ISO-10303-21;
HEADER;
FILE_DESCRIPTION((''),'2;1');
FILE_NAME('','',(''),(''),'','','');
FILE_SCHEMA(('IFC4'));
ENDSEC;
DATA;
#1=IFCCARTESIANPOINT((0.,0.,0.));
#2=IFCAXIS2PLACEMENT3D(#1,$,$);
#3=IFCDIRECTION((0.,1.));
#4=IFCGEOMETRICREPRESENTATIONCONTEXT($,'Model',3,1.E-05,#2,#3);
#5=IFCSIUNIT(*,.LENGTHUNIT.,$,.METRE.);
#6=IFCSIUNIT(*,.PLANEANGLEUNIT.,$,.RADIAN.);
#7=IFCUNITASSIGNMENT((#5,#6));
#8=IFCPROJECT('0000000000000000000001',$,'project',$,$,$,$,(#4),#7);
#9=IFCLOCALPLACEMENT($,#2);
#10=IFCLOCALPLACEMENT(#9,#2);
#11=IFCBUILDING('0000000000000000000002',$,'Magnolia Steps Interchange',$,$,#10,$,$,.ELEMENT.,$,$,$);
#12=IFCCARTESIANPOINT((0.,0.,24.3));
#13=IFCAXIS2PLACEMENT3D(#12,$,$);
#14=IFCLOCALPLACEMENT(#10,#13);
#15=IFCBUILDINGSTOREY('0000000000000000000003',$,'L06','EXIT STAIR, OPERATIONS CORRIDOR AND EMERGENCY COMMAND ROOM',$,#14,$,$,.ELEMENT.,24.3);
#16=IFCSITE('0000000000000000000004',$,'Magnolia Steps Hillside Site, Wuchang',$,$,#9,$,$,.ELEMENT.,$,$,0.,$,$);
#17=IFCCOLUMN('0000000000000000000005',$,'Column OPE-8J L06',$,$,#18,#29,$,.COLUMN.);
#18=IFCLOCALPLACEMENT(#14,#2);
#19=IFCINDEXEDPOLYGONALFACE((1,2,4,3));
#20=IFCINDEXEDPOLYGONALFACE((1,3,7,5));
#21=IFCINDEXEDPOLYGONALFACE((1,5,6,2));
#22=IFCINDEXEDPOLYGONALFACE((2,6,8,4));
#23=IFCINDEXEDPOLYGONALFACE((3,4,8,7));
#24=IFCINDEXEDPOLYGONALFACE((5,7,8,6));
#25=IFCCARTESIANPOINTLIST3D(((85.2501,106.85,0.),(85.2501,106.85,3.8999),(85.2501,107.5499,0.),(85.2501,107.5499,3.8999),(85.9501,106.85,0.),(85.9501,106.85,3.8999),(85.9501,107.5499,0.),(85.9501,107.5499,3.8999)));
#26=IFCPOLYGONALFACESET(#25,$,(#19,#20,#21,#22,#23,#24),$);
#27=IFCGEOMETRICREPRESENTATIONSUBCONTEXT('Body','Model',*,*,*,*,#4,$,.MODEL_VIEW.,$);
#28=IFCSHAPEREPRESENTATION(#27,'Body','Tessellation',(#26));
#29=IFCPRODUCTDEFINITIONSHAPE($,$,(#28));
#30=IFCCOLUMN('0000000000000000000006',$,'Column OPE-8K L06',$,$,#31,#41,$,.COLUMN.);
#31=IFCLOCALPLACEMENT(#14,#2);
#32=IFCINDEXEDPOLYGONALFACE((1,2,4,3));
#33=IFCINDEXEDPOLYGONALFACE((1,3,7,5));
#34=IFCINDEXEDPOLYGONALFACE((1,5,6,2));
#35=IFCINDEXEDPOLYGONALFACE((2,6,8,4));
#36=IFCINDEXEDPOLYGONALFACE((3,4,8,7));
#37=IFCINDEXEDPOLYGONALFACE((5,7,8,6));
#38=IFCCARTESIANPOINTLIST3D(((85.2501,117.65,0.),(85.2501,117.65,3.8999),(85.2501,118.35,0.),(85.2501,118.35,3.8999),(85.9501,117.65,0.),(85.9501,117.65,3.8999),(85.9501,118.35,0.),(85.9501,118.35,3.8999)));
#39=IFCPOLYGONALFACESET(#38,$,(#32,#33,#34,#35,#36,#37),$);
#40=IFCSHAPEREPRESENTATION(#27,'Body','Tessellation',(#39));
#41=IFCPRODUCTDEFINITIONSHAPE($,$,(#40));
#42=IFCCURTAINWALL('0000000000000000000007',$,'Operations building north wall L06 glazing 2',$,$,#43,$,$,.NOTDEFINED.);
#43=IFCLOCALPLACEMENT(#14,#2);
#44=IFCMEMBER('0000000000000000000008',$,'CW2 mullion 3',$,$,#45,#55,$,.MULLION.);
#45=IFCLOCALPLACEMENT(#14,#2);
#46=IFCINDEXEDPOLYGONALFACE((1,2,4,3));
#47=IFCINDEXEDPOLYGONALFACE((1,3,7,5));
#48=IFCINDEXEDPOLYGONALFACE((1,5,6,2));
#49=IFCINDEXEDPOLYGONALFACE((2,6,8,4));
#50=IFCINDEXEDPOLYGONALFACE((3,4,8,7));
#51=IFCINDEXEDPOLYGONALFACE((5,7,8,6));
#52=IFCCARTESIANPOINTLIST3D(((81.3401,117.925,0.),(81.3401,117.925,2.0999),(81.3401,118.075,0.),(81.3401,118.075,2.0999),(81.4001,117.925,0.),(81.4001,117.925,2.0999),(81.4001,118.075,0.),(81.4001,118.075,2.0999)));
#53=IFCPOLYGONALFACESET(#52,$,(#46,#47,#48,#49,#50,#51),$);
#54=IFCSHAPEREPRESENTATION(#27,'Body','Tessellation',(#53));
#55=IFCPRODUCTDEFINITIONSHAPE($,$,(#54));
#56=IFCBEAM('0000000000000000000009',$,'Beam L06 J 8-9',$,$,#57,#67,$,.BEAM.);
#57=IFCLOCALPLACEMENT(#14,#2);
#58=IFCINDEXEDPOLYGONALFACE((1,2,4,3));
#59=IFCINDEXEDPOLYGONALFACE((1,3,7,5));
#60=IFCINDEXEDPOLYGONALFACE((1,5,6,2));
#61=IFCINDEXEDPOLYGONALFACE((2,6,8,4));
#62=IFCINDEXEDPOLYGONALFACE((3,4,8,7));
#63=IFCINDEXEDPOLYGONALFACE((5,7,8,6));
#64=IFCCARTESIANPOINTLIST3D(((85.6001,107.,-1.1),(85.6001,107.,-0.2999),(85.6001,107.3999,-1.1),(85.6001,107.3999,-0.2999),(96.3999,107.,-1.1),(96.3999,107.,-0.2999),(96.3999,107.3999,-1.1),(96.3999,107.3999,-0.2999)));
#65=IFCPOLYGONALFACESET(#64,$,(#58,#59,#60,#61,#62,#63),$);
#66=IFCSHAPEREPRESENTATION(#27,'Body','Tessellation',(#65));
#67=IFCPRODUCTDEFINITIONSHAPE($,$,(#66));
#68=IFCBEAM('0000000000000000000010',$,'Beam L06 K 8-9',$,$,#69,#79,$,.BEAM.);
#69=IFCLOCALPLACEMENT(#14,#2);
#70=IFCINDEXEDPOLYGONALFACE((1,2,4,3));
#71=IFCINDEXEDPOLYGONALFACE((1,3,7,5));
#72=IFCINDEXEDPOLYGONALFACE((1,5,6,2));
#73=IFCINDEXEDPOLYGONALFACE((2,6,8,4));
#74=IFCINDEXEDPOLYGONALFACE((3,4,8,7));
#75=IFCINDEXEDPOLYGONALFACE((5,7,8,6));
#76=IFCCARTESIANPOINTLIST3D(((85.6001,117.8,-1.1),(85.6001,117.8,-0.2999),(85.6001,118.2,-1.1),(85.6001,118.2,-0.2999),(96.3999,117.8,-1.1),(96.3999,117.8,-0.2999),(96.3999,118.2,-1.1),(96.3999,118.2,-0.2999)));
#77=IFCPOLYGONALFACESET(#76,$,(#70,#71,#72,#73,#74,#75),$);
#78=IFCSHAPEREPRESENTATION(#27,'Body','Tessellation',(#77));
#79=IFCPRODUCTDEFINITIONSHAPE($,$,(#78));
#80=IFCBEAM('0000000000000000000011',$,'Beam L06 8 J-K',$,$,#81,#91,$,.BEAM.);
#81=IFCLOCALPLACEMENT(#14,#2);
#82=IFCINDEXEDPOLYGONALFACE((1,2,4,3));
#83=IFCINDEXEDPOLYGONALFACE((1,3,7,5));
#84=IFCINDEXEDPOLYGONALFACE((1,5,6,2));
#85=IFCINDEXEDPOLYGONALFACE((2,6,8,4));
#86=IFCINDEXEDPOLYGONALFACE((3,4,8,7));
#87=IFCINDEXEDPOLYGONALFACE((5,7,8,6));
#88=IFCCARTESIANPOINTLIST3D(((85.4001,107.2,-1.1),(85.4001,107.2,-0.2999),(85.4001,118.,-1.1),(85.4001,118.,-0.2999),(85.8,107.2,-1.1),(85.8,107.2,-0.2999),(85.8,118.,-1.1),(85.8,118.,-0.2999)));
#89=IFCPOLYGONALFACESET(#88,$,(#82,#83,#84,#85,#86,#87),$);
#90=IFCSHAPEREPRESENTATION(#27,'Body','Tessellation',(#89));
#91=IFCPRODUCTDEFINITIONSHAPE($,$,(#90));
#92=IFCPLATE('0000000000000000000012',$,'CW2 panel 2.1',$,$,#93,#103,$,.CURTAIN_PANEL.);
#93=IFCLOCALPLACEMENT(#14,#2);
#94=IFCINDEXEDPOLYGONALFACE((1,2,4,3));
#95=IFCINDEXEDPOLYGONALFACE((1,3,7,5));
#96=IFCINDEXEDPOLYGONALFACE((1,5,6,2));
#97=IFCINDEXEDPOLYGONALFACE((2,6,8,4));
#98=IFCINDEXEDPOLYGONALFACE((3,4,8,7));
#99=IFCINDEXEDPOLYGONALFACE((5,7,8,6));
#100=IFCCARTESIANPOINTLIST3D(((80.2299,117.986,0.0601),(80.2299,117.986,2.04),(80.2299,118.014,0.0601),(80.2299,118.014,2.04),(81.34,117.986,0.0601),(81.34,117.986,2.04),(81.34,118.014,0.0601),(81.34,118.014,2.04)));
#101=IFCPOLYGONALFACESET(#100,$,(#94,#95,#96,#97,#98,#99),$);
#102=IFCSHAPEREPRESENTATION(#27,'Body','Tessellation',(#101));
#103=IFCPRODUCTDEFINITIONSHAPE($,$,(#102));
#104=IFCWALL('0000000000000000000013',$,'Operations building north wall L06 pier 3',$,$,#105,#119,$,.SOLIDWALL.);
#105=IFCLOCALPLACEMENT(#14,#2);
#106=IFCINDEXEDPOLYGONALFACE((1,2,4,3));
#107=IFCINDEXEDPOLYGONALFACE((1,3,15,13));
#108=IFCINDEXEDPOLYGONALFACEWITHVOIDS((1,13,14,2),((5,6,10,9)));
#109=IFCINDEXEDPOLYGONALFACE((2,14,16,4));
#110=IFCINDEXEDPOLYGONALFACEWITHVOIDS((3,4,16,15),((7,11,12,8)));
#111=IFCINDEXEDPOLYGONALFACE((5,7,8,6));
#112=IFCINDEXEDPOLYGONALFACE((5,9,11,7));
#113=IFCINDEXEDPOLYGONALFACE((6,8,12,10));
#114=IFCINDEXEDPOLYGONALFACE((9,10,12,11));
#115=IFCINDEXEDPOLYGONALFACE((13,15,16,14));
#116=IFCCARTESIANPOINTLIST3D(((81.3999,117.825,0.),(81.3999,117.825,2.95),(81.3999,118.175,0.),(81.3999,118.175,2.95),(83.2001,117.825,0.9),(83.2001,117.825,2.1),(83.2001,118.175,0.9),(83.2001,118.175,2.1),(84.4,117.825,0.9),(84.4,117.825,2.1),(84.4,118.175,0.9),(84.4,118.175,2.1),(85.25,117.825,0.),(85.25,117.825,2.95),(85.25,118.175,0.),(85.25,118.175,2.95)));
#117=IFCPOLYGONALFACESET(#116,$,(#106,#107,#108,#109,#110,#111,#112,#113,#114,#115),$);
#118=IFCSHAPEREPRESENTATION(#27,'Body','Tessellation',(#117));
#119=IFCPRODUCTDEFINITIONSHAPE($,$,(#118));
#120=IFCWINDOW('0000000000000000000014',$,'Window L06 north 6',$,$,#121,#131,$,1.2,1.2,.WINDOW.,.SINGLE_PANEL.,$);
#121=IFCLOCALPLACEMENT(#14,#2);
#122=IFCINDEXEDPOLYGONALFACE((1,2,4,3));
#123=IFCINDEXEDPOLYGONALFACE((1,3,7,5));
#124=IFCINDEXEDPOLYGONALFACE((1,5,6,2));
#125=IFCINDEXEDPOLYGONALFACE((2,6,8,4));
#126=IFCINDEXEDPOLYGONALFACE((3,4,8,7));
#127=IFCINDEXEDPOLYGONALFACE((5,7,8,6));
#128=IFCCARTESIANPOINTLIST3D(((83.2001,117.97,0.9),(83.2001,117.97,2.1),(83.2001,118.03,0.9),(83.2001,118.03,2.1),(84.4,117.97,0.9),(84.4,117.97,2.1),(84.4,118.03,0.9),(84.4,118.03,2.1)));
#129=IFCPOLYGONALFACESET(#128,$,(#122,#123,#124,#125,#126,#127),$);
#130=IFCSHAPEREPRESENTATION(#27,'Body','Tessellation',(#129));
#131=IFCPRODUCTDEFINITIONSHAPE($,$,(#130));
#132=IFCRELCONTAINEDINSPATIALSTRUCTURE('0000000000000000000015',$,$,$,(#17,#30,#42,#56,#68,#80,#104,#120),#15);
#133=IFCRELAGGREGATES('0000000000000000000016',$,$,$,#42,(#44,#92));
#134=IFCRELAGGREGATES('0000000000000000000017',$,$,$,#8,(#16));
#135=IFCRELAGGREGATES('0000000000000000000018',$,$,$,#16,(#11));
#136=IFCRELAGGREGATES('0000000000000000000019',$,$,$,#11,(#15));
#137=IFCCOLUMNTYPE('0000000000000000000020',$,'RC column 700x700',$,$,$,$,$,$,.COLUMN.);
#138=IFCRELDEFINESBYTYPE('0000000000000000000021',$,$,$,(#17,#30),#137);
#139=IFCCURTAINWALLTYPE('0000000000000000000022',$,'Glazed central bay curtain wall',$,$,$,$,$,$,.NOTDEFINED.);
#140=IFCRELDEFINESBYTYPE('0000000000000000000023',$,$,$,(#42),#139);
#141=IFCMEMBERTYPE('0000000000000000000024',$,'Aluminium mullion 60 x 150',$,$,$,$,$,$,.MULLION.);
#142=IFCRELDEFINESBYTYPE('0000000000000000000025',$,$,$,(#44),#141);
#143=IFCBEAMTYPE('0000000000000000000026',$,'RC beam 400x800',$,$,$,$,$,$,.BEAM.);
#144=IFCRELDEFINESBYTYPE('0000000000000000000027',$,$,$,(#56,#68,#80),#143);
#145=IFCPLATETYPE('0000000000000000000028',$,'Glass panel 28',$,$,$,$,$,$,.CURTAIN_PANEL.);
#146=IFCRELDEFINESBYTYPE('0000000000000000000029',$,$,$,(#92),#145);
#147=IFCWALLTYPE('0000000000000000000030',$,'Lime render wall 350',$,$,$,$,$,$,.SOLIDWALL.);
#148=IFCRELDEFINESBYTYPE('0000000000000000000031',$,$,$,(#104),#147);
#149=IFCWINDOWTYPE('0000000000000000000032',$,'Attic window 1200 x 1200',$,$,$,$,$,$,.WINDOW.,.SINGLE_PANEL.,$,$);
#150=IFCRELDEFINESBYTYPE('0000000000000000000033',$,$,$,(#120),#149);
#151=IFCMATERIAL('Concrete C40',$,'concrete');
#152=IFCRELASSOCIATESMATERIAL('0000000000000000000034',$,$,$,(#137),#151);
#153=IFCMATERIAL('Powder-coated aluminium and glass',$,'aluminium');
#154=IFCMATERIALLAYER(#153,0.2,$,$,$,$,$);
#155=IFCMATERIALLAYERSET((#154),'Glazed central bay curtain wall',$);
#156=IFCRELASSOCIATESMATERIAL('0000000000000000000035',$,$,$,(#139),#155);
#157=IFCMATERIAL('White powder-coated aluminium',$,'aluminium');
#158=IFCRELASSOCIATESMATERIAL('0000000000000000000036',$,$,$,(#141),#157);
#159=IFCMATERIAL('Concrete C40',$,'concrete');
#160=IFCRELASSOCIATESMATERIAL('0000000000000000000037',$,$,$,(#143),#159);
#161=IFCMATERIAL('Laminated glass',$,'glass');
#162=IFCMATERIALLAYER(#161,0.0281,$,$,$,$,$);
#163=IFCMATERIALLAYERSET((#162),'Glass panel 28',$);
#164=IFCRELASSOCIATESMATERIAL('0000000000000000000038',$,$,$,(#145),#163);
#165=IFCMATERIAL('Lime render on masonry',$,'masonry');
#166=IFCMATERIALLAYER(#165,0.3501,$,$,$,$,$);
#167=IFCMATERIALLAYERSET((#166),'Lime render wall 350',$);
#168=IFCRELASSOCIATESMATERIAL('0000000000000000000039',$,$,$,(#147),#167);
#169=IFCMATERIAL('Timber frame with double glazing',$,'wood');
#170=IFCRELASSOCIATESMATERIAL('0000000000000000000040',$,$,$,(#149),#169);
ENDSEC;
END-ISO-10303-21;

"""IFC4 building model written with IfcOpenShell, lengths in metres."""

from ifc_helpers import new_model, si_unit, direction, frame, frame_2d, origin, origin_2d, place, context, subcontext, project, spatial, rectangle, extrude, material, layer, layer_set, material_profile, profile_set, type_object, element, fill, aggregate, save


model = new_model("IFC4")

# Units and contexts
model_context = context("Model", 3, precision=1e-05, world=origin(), true_north=direction((0.0, 1.0)))
body_context = subcontext(model_context, "Body", "Model", "MODEL_VIEW")
ifc_project = project(units=[si_unit("LENGTHUNIT", "METRE"), si_unit("PLANEANGLEUNIT", "RADIAN")], contexts=[model_context])

# Site, building, storey
site_placement = place(None, origin())
site = spatial("IfcSite", under=ifc_project, at=site_placement, Name="Magnolia Steps Hillside Site, Wuchang", CompositionType="ELEMENT", RefElevation=0.0)
building_placement = place(site_placement, origin())
building = spatial("IfcBuilding", under=site, at=building_placement, Name="Magnolia Steps Interchange", CompositionType="ELEMENT")
storey_placement = place(building_placement, frame((0.0, 0.0, 24.3)))
storey = spatial("IfcBuildingStorey", under=building, at=storey_placement, Name="L06", Description="EXIT STAIR, OPERATIONS CORRIDOR AND EMERGENCY COMMAND ROOM", CompositionType="ELEMENT", Elevation=24.3)

# Columns
ifc_material_1 = material(Name="Concrete C40", Category="concrete")
ifc_material_profile_1 = material_profile(ifc_material_1, rectangle(XDim=0.7, YDim=0.7, at=origin_2d()), Name="RC700x700")
ifc_profile_set_1 = profile_set([ifc_material_profile_1], Name="Concrete C40")
column_type = type_object("IfcColumnType", Name="RC column 700x700", PredefinedType="COLUMN", material=ifc_profile_set_1)
for number, where, z_axis, x_axis, name in (
    (1, (85.6001, 107.2, 0.0), (0.0, 0.0, 1.0), (1.0, 0.0, 0.0), "Column OPE-8J L06"),
    (2, (85.6001, 118.0, 0.0), (0.0, 0.0, 1.0), (1.0, 0.0, 0.0), "Column OPE-8K L06"),
):
    element("IfcColumn", number, at=place(storey_placement, frame(where, z_axis=z_axis, x_axis=x_axis)), inside=storey, type_object=column_type, Name=name, PredefinedType="COLUMN", context=body_context, shape_type="SweptSolid", body=[
        extrude(rectangle(XDim=0.7, YDim=0.7, at=origin_2d()), origin(), (0.0, 0.0, 1.0), 3.8999),
    ])

# Curtain wall, member
ifc_material_2 = material(Name="Powder-coated aluminium and glass", Category="aluminium")
ifc_layer_1 = layer(ifc_material_2, 0.2)
ifc_layer_set_1 = layer_set([ifc_layer_1], Name="Glazed central bay curtain wall")
curtain_wall_type = type_object("IfcCurtainWallType", Name="Glazed central bay curtain wall", PredefinedType="NOTDEFINED", material=ifc_layer_set_1)
curtain_wall_placement = place(storey_placement, origin())
curtain_wall = element("IfcCurtainWall", 3, at=curtain_wall_placement, inside=storey, type_object=curtain_wall_type, Name="Operations building north wall L06 glazing 2", PredefinedType="NOTDEFINED")
ifc_material_3 = material(Name="White powder-coated aluminium", Category="aluminium")
ifc_material_profile_2 = material_profile(ifc_material_3, rectangle(XDim=0.0601, YDim=0.1499, at=origin_2d()), Name="Aluminium mullion 60 x 150")
ifc_profile_set_2 = profile_set([ifc_material_profile_2], Name="White powder-coated aluminium")
member_type = type_object("IfcMemberType", Name="Aluminium mullion 60 x 150", PredefinedType="MULLION", material=ifc_profile_set_2)
member_placement = place(storey_placement, frame((81.3701, 118.0, 0.0), z_axis=(0.0, 0.0, 1.0), x_axis=(1.0, 0.0, 0.0)))
member = element("IfcMember", 4, at=member_placement, type_object=member_type, Name="CW2 mullion 3", PredefinedType="MULLION", context=body_context, shape_type="SweptSolid", body=[
    extrude(rectangle(XDim=0.0601, YDim=0.1499, at=origin_2d()), origin(), (0.0, 0.0, 1.0), 2.0999),
])

# Beams
ifc_material_4 = material(Name="Concrete C40", Category="concrete")
ifc_material_profile_3 = material_profile(ifc_material_4, rectangle(XDim=0.3999, YDim=0.8, at=origin_2d()), Name="RC400x800")
ifc_profile_set_3 = profile_set([ifc_material_profile_3], Name="Concrete C40")
beam_type = type_object("IfcBeamType", Name="RC beam 400x800", PredefinedType="BEAM", material=ifc_profile_set_3)
for number, where, z_axis, x_axis, name in (
    (5, (85.6001, 107.2, -0.7), (1.0, 0.0, 0.0), (0.0, 1.0, 0.0), "Beam L06 J 8-9"),
    (6, (85.6001, 118.0, -0.7), (1.0, 0.0, 0.0), (0.0, 1.0, 0.0), "Beam L06 K 8-9"),
):
    element("IfcBeam", number, at=place(storey_placement, frame(where, z_axis=z_axis, x_axis=x_axis)), inside=storey, type_object=beam_type, Name=name, PredefinedType="BEAM", context=body_context, shape_type="SweptSolid", body=[
        extrude(rectangle(XDim=0.3999, YDim=0.8, at=origin_2d()), origin(), (0.0, 0.0, 1.0), 10.7998),
    ])
beam_placement = place(storey_placement, frame((85.6001, 107.2, -0.7), z_axis=(0.0, 1.0, 0.0), x_axis=(-1.0, 0.0, 0.0)))
element("IfcBeam", 7, at=beam_placement, inside=storey, type_object=beam_type, Name="Beam L06 8 J-K", PredefinedType="BEAM", context=body_context, shape_type="SweptSolid", body=[
    extrude(rectangle(XDim=0.3999, YDim=0.8, at=origin_2d()), origin(), (0.0, 0.0, 1.0), 10.8),
])

# Plate
ifc_material_5 = material(Name="Laminated glass", Category="glass")
ifc_layer_2 = layer(ifc_material_5, 0.0281)
ifc_layer_set_2 = layer_set([ifc_layer_2], Name="Glass panel 28")
plate_type = type_object("IfcPlateType", Name="Glass panel 28", PredefinedType="CURTAIN_PANEL", material=ifc_layer_set_2)
plate_placement = place(storey_placement, frame((80.7849, 118.0, 0.0601), z_axis=(0.0, 0.0, 1.0), x_axis=(1.0, 0.0, 0.0)))
plate = element("IfcPlate", 8, at=plate_placement, type_object=plate_type, Name="CW2 panel 2.1", PredefinedType="CURTAIN_PANEL", context=body_context, shape_type="SweptSolid", body=[
    extrude(rectangle(XDim=1.1101, YDim=0.0281, at=origin_2d()), origin(), (0.0, 0.0, 1.0), 1.98),
])
aggregate(curtain_wall, [member, plate])

# Wall, opening, window
ifc_material_6 = material(Name="Lime render on masonry", Category="masonry")
ifc_layer_3 = layer(ifc_material_6, 0.3501)
ifc_layer_set_3 = layer_set([ifc_layer_3], Name="Lime render wall 350")
wall_type_1 = type_object("IfcWallType", Name="Lime render wall 350", PredefinedType="SOLIDWALL", material=ifc_layer_set_3)
wall_1_placement = place(storey_placement, frame((81.3999, 118.0, 0.0), z_axis=(0.0, 0.0, 1.0), x_axis=(1.0, 0.0, 0.0)))
wall_1 = element("IfcWall", 9, at=wall_1_placement, inside=storey, type_object=wall_type_1, Name="Operations building north wall L06 pier 3", PredefinedType="SOLIDWALL", context=body_context, shape_type="SweptSolid", body=[
    extrude(rectangle(XDim=3.8501, YDim=0.3501, at=frame_2d((1.925, 0.0))), origin(), (0.0, 0.0, 1.0), 2.95),
])
opening_1_placement = place(wall_1_placement, frame((1.8, 0.0, 0.8999)))
opening_1 = element("IfcOpeningElement", 10, at=opening_1_placement, cuts=wall_1, PredefinedType="OPENING", context=body_context, shape_type="SweptSolid", body=[
    extrude(rectangle(XDim=1.2, YDim=1.2, at=frame_2d((0.6001, 0.6001))), frame((0.0, 0.1851, 0.0), z_axis=(0.0, -1.0, 0.0), x_axis=(1.0, 0.0, 0.0)), (0.0, 0.0, 1.0), 0.3701),
])
ifc_material_7 = material(Name="Timber frame with double glazing", Category="wood")
window_type_1 = type_object("IfcWindowType", Name="Attic window 1200 x 1200", PartitioningType="SINGLE_PANEL", PredefinedType="WINDOW", material=ifc_material_7)
window_1_placement = place(opening_1_placement, origin())
window_1 = element("IfcWindow", 11, at=window_1_placement, inside=storey, type_object=window_type_1, Name="Window L06 north 6", OverallHeight=1.2, OverallWidth=1.2, PartitioningType="SINGLE_PANEL", PredefinedType="WINDOW", context=body_context, shape_type="SweptSolid", body=[
    extrude(rectangle(XDim=1.2, YDim=1.2, at=frame_2d((0.6001, 0.6001))), frame((0.0, 0.03, 0.0), z_axis=(0.0, -1.0, 0.0), x_axis=(1.0, 0.0, 0.0)), (0.0, 0.0, 1.0), 0.0601),
])
fill(opening_1, window_1)

save(model, "model.ifc")
